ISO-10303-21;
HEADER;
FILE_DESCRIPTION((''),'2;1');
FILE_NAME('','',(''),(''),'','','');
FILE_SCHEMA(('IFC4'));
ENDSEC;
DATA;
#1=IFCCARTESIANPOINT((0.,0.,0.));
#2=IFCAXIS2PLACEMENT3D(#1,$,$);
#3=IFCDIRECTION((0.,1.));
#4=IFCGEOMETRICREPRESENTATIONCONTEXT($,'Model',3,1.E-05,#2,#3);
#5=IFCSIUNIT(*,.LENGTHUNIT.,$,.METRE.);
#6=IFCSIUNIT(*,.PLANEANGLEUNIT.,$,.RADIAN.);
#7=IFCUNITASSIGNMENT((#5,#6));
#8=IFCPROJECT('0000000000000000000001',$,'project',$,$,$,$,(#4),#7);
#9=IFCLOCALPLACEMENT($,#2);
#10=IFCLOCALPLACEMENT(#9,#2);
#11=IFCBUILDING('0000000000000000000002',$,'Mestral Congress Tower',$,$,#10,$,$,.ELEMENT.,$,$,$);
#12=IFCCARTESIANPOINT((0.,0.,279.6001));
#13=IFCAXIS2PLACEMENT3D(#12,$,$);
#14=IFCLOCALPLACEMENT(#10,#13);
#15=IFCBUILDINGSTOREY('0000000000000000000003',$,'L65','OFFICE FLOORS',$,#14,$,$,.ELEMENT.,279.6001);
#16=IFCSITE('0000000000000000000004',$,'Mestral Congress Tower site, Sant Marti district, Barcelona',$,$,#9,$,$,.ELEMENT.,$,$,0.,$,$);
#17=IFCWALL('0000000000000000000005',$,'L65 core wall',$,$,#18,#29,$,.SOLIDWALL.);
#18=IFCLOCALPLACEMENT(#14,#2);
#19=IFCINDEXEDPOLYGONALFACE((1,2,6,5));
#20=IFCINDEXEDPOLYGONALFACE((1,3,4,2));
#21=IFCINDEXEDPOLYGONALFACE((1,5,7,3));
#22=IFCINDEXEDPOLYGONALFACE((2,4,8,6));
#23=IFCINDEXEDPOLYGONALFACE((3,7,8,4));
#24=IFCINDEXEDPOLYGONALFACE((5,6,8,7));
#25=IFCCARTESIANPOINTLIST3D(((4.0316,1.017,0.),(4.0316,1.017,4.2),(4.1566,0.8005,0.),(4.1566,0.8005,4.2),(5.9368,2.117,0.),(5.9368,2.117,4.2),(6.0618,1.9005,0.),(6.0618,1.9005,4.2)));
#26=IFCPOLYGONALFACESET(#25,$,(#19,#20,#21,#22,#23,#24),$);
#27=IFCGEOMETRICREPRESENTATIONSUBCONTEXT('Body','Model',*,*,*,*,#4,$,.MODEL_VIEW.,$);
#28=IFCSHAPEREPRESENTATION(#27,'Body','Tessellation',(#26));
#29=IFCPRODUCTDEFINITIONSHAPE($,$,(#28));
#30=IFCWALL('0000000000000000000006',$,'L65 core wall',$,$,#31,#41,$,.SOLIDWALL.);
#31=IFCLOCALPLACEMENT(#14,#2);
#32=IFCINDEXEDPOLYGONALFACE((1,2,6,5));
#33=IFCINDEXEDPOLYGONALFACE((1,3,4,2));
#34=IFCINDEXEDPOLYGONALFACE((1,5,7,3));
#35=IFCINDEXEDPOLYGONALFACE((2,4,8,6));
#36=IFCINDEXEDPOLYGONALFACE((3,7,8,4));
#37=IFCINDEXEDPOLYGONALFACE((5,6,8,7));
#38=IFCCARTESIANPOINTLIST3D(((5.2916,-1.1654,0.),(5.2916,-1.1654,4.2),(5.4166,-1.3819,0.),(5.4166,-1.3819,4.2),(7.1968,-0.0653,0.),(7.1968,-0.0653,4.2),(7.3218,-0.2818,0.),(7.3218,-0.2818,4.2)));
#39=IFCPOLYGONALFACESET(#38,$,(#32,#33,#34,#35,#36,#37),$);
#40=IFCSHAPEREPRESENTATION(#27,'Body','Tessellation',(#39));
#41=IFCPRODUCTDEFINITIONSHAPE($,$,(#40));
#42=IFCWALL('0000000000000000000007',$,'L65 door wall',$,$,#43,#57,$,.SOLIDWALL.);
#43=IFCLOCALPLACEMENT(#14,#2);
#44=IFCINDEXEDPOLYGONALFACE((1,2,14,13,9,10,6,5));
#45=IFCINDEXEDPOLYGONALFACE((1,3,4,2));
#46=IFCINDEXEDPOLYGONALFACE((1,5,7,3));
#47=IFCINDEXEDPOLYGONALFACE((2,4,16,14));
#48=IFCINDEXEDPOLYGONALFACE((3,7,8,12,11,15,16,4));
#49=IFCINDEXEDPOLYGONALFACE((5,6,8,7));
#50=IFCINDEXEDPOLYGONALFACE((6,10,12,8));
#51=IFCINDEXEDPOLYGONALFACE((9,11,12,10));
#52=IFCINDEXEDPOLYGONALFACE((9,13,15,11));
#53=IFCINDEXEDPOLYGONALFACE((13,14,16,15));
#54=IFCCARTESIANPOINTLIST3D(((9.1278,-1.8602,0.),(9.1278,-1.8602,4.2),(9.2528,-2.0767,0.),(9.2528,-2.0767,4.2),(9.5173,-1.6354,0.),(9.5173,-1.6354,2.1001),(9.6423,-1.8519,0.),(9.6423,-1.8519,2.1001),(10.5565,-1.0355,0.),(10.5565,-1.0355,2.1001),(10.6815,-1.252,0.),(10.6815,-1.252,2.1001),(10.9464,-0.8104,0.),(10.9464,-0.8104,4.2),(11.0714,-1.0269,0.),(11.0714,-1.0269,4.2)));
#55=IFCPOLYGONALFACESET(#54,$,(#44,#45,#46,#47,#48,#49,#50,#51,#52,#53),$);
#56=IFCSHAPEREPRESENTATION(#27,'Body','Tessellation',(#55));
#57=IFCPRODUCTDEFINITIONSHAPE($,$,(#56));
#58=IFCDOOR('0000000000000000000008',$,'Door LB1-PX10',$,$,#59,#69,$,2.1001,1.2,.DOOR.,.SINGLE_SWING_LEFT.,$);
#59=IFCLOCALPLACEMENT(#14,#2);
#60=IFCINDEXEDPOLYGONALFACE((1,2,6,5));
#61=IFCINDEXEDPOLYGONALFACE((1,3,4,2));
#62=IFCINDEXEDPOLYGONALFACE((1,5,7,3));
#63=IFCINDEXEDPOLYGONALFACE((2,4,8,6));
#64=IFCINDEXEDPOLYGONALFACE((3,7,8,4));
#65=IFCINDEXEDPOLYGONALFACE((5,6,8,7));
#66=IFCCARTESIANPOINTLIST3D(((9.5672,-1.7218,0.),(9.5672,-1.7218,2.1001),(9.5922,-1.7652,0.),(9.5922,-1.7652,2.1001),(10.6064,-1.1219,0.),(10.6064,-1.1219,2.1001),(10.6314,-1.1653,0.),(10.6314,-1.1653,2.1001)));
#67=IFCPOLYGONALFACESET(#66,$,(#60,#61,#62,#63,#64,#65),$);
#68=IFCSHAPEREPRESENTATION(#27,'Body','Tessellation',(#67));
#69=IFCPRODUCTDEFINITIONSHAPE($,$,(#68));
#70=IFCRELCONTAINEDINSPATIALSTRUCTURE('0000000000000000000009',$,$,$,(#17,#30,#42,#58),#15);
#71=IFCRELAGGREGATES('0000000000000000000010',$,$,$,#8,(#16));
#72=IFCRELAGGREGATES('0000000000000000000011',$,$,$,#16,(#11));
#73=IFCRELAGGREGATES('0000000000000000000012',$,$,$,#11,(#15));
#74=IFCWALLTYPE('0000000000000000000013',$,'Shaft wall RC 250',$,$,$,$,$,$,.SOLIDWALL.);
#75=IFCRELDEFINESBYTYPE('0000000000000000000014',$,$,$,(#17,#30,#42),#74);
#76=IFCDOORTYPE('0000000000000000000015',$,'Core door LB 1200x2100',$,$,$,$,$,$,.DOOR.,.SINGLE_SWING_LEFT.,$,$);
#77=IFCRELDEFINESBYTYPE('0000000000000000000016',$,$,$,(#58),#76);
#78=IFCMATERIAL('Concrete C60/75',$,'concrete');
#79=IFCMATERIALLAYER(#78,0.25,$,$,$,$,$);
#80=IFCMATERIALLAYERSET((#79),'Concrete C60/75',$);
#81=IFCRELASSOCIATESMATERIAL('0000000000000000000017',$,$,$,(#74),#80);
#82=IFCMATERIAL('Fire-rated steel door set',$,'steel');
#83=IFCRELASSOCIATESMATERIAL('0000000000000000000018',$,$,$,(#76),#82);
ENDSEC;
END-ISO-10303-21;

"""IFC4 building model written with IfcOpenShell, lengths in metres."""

from ifc_helpers import new_model, si_unit, direction, frame, frame_2d, origin, place, context, subcontext, project, spatial, rectangle, extrude, material, layer, layer_set, type_object, element, fill, save


model = new_model("IFC4")

# Units and contexts
model_context = context("Model", 3, precision=1e-05, world=origin(), true_north=direction((0.0, 1.0)))
body_context = subcontext(model_context, "Body", "Model", "MODEL_VIEW")
ifc_project = project(units=[si_unit("LENGTHUNIT", "METRE"), si_unit("PLANEANGLEUNIT", "RADIAN")], contexts=[model_context])

# Site, building, storey
site_placement = place(None, origin())
site = spatial("IfcSite", under=ifc_project, at=site_placement, Name="Mestral Congress Tower site, Sant Marti district, Barcelona", CompositionType="ELEMENT", RefElevation=0.0)
building_placement = place(site_placement, origin())
building = spatial("IfcBuilding", under=site, at=building_placement, Name="Mestral Congress Tower", CompositionType="ELEMENT")
storey_placement = place(building_placement, frame((0.0, 0.0, 279.6001)))
storey = spatial("IfcBuildingStorey", under=building, at=storey_placement, Name="L65", Description="OFFICE FLOORS", CompositionType="ELEMENT", Elevation=279.6001)

# Shared definitions
ifc_material_1 = material(Name="Concrete C60/75", Category="concrete")

# Shared definitions
ifc_material_2 = material(Name="Fire-rated steel door set", Category="steel")

# Walls
ifc_layer_1 = layer(ifc_material_1, 0.25)
ifc_layer_set_1 = layer_set([ifc_layer_1], Name="Concrete C60/75")
wall_type_1 = type_object("IfcWallType", Name="Shaft wall RC 250", PredefinedType="SOLIDWALL", material=ifc_layer_set_1)
for number, where, z_axis, x_axis, name in (
    (1, (4.094, 0.9087, 0.0), (0.0, 0.0, 1.0), (0.866008, 0.50003, 0.0), "L65 core wall"),
    (2, (5.354, -1.2737, 0.0), (0.0, 0.0, 1.0), (0.866008, 0.50003, 0.0), "L65 core wall"),
):
    element("IfcWall", number, at=place(storey_placement, frame(where, z_axis=z_axis, x_axis=x_axis)), inside=storey, type_object=wall_type_1, Name=name, PredefinedType="SOLIDWALL", context=body_context, shape_type="SweptSolid", body=[
        extrude(rectangle(XDim=2.2, YDim=0.25, at=frame_2d((1.1001, 0.0))), origin(), (0.0, 0.0, 1.0), 4.2),
    ])

# Wall, opening, door
wall_1_placement = place(storey_placement, frame((11.0088, -0.9187, 0.0), z_axis=(0.0, 0.0, 1.0), x_axis=(-0.86606, -0.499941, 0.0)))
wall_1 = element("IfcWall", 3, at=wall_1_placement, inside=storey, type_object=wall_type_1, Name="L65 door wall", PredefinedType="SOLIDWALL", context=body_context, shape_type="SweptSolid", body=[
    extrude(rectangle(XDim=2.0999, YDim=0.25, at=frame_2d((1.0498, 0.0))), origin(), (0.0, 0.0, 1.0), 4.2),
])
opening_1_placement = place(wall_1_placement, frame((0.45, 0.0, 0.0)))
opening_1 = element("IfcOpeningElement", 4, at=opening_1_placement, cuts=wall_1, PredefinedType="OPENING", context=body_context, shape_type="SweptSolid", body=[
    extrude(rectangle(XDim=1.2, YDim=2.1001, at=frame_2d((0.6001, 1.05))), frame((0.0, 0.135, 0.0), z_axis=(0.0, -1.0, 0.0), x_axis=(1.0, 0.0, 0.0)), (0.0, 0.0, 1.0), 0.27),
])
door_type_1 = type_object("IfcDoorType", Name="Core door LB 1200x2100", OperationType="SINGLE_SWING_LEFT", PredefinedType="DOOR", material=ifc_material_2)
door_1_placement = place(opening_1_placement, origin())
door_1 = element("IfcDoor", 5, at=door_1_placement, inside=storey, type_object=door_type_1, Name="Door LB1-PX10", OperationType="SINGLE_SWING_LEFT", OverallHeight=2.1001, OverallWidth=1.2, PredefinedType="DOOR", context=body_context, shape_type="SweptSolid", body=[
    extrude(rectangle(XDim=1.2, YDim=2.1001, at=frame_2d((0.6001, 1.05))), frame((0.0, 0.0249, 0.0), z_axis=(0.0, -1.0, 0.0), x_axis=(1.0, 0.0, 0.0)), (0.0, 0.0, 1.0), 0.05),
])
fill(opening_1, door_1)

save(model, "model.ifc")
